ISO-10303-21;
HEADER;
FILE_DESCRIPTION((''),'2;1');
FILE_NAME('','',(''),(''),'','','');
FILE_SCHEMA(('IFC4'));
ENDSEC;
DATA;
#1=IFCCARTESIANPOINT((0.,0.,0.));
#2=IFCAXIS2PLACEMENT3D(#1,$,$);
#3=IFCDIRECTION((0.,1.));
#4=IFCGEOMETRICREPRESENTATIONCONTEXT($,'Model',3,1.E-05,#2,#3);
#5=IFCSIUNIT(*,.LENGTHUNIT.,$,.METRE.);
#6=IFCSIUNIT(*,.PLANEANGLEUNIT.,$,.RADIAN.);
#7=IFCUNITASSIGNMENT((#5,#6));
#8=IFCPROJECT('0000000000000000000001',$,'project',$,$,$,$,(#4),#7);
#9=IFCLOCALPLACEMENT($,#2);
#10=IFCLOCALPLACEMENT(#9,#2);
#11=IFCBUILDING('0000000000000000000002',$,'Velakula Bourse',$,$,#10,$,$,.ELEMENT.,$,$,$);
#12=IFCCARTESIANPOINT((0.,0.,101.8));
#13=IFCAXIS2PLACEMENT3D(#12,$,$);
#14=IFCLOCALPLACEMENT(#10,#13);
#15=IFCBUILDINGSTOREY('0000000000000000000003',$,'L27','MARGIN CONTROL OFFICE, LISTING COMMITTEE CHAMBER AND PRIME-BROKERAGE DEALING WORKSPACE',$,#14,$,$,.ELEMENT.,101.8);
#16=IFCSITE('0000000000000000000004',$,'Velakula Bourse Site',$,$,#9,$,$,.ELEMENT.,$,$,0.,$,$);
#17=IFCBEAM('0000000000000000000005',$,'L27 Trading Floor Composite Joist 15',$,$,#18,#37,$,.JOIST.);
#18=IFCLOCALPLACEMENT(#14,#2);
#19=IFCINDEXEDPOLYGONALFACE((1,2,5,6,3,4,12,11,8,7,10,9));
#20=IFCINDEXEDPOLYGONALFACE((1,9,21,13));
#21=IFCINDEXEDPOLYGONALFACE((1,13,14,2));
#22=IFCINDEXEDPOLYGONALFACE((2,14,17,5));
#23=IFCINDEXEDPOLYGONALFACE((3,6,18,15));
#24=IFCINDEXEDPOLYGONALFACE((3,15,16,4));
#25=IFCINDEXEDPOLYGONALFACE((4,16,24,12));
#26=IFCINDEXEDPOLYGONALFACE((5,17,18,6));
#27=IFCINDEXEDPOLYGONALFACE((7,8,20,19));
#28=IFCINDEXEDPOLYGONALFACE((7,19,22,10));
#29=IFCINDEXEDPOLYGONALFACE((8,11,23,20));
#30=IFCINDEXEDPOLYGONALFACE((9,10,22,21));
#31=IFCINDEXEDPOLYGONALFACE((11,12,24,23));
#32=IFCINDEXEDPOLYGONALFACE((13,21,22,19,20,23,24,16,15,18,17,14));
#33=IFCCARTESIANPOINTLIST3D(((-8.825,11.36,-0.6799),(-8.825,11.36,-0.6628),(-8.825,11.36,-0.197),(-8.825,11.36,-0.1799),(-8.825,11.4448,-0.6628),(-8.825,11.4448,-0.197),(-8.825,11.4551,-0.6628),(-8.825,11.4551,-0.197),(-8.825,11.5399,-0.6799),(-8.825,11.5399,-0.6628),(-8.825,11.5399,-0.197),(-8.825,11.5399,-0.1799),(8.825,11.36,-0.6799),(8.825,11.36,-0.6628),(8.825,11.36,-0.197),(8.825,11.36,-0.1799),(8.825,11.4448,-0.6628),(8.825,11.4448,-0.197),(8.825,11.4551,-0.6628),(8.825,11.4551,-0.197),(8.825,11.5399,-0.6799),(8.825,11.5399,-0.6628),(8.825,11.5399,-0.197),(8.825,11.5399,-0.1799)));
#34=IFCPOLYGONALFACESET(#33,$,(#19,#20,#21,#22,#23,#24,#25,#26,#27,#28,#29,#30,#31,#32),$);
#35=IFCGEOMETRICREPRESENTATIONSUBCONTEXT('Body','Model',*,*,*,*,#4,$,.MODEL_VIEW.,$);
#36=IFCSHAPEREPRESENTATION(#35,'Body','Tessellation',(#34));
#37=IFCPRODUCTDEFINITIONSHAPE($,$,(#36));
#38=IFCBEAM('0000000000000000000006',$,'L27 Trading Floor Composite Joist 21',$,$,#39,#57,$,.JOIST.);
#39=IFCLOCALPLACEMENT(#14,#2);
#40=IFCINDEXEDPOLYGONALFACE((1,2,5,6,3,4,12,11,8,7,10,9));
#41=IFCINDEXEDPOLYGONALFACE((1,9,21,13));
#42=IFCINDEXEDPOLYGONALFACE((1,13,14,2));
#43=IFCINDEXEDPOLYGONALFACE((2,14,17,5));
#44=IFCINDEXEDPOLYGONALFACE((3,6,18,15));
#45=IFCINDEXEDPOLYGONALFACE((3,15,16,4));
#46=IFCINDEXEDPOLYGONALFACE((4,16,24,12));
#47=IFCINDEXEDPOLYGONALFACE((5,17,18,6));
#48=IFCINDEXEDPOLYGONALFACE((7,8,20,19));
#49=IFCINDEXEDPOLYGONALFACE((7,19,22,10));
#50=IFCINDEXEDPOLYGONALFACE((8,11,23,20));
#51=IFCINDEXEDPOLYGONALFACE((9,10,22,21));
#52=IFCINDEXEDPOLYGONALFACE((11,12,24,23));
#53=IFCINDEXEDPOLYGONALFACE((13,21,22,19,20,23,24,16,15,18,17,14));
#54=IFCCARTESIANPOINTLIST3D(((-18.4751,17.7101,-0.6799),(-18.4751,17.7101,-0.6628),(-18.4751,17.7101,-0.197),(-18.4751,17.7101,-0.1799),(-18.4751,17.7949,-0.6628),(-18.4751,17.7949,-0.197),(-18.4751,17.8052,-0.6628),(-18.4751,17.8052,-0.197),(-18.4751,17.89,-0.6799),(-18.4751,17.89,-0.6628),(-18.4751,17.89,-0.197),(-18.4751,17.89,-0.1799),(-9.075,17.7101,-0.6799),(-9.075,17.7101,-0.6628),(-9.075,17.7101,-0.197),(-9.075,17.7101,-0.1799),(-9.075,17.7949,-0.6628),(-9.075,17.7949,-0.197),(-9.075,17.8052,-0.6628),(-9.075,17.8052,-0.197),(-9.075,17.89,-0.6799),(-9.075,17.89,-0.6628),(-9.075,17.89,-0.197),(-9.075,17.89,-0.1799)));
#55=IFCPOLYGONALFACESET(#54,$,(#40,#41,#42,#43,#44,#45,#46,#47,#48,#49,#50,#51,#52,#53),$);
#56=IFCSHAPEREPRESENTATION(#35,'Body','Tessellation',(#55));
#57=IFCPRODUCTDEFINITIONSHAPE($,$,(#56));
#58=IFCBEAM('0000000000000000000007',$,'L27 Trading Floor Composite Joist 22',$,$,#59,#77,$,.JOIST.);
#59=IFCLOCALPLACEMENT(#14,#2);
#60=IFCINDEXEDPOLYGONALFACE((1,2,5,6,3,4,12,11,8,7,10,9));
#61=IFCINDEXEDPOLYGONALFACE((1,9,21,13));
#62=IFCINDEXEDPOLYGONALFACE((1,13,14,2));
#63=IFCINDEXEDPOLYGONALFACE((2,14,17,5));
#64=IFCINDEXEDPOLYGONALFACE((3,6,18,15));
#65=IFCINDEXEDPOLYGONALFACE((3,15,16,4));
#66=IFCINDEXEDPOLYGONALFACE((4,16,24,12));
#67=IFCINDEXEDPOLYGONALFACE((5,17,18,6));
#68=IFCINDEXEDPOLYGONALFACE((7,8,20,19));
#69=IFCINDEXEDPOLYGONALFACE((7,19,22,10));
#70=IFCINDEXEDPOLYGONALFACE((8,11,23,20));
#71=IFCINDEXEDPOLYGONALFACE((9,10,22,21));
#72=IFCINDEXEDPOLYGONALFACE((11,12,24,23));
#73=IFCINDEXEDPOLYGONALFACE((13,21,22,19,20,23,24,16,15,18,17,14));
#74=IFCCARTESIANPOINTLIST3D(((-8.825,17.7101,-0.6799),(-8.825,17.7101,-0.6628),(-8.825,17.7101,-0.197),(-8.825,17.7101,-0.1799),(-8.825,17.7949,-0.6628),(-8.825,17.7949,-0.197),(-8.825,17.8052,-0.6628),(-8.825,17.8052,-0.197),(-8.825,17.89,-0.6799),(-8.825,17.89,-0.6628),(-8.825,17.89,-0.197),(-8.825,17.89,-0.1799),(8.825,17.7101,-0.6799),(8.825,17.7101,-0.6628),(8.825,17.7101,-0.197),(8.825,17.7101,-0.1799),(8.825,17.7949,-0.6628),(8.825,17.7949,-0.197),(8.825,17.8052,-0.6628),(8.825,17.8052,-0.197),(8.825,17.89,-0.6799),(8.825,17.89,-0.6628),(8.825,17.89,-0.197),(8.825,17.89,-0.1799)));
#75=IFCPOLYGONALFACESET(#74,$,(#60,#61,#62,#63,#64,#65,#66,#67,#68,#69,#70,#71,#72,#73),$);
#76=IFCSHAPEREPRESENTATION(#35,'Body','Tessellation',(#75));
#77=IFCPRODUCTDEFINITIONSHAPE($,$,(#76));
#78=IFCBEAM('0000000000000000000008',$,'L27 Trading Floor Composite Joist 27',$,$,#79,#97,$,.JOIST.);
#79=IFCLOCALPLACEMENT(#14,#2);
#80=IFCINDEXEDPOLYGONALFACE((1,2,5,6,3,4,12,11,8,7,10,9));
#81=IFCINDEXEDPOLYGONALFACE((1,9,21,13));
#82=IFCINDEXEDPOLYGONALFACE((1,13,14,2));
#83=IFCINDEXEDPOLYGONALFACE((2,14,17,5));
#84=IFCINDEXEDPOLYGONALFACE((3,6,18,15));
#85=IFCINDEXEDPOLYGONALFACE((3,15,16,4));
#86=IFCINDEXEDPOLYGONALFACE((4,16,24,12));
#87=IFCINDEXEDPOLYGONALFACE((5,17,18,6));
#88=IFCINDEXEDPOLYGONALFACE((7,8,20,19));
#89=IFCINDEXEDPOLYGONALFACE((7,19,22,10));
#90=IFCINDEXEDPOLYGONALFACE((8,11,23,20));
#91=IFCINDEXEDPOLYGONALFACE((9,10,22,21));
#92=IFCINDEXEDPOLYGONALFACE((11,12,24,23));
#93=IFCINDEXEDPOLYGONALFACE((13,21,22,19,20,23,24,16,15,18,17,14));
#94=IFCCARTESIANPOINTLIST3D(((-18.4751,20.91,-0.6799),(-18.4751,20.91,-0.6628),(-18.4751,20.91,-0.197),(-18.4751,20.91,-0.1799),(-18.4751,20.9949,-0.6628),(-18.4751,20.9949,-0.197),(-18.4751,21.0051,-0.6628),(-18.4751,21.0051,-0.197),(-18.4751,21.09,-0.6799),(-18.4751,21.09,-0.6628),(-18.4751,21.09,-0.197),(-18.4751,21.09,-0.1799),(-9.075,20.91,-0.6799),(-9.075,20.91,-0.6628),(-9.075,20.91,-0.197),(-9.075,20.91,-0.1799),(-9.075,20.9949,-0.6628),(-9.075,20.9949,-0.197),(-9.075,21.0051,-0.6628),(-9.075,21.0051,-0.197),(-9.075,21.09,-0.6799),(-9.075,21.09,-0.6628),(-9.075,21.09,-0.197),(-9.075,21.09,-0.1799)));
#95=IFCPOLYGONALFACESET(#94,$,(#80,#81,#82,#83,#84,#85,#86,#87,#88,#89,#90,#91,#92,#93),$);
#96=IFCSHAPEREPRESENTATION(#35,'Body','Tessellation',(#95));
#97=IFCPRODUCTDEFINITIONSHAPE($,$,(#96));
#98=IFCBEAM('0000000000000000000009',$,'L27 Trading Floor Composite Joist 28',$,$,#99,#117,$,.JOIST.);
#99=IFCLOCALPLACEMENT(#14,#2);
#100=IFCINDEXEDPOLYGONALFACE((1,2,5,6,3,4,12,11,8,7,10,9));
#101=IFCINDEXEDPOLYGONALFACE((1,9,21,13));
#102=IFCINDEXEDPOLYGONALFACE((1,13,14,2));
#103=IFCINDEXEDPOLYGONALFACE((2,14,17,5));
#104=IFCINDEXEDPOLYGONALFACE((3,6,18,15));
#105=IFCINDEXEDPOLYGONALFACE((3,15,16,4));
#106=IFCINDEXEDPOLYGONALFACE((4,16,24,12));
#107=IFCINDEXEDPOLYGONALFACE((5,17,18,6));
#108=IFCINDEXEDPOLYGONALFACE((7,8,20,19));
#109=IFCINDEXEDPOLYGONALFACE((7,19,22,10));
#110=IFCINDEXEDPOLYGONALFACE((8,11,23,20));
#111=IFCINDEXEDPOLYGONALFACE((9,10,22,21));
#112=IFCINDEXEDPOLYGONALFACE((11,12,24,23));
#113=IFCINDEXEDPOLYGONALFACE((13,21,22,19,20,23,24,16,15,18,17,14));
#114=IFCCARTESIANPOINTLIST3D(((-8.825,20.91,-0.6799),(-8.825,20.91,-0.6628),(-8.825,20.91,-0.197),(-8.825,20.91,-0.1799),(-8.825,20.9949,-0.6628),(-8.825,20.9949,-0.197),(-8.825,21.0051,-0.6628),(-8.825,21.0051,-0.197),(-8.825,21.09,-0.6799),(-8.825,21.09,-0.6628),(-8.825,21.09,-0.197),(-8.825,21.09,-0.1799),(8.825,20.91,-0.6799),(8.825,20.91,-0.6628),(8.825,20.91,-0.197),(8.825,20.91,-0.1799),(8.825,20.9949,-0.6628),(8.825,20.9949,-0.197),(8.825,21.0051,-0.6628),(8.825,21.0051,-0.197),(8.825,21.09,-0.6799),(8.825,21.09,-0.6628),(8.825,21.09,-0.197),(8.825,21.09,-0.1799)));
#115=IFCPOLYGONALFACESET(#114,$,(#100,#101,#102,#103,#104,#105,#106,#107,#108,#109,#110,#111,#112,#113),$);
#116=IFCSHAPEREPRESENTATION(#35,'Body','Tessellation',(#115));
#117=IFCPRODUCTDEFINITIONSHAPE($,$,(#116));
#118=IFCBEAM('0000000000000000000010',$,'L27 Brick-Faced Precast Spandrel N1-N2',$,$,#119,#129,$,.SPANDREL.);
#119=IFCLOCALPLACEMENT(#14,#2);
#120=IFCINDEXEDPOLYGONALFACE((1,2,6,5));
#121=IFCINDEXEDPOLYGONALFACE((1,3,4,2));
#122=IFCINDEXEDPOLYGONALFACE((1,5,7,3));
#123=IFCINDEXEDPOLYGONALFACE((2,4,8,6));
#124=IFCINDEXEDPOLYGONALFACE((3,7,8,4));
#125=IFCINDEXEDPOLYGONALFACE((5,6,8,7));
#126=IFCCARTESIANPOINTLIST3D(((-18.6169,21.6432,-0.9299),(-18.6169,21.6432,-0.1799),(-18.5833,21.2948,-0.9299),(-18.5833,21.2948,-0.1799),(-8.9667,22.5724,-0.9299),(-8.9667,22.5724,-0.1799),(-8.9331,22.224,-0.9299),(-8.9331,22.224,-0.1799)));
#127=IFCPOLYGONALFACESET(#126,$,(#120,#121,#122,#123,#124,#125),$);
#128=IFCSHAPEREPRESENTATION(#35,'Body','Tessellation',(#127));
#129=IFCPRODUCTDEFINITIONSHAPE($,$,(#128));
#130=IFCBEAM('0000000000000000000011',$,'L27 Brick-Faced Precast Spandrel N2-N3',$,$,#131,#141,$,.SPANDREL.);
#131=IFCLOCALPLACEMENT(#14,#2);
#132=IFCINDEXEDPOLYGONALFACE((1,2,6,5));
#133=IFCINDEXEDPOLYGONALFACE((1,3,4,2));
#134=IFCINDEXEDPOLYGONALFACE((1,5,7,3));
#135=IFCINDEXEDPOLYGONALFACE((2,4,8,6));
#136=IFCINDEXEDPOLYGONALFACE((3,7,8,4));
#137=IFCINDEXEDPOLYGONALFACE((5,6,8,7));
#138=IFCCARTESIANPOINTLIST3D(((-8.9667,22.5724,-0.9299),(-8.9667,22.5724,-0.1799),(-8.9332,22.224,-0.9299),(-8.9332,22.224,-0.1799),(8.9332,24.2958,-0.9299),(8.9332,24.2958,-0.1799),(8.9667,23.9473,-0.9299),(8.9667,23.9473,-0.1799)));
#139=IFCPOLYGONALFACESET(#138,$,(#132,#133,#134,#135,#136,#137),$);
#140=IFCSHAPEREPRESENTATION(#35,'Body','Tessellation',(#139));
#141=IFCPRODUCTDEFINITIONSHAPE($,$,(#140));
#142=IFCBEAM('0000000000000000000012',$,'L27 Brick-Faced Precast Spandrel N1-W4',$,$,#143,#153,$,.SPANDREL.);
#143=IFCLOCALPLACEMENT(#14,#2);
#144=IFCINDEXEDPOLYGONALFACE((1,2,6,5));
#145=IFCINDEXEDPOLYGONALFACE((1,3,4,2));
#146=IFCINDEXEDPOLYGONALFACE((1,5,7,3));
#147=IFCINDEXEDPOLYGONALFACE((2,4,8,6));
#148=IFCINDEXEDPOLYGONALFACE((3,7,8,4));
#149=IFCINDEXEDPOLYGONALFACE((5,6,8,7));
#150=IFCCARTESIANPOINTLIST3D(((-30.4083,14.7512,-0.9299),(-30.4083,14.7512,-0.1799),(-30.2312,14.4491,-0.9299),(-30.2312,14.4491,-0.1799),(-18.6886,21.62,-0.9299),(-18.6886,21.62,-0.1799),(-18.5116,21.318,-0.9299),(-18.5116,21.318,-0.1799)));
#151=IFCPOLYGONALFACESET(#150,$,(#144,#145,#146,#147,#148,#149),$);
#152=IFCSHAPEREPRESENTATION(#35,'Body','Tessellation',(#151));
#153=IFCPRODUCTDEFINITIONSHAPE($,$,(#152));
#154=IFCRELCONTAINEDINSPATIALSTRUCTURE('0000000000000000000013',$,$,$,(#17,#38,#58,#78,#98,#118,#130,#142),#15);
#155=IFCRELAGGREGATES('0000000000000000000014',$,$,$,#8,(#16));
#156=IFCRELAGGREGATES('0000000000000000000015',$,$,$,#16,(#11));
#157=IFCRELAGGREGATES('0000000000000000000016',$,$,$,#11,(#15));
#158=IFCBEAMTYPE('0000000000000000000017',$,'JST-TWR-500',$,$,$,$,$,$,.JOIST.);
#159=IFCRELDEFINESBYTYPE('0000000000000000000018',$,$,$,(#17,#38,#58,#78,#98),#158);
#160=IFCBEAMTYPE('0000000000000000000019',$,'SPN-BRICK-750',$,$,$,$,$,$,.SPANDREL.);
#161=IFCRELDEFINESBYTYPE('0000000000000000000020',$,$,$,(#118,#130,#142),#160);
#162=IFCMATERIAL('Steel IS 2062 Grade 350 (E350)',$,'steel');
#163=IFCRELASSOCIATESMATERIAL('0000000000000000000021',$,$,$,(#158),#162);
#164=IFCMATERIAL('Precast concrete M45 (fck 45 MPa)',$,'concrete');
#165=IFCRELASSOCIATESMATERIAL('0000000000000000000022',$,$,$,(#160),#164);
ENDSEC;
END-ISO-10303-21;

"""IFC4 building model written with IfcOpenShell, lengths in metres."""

from ifc_helpers import new_model, si_unit, direction, frame, origin, origin_2d, place, context, subcontext, project, spatial, rectangle, i_section, extrude, material, material_profile, profile_set, type_object, element, save


model = new_model("IFC4")

# Units and contexts
model_context = context("Model", 3, precision=1e-05, world=origin(), true_north=direction((0.0, 1.0)))
body_context = subcontext(model_context, "Body", "Model", "MODEL_VIEW")
ifc_project = project(units=[si_unit("LENGTHUNIT", "METRE"), si_unit("PLANEANGLEUNIT", "RADIAN")], contexts=[model_context])

# Site, building, storey
site_placement = place(None, origin())
site = spatial("IfcSite", under=ifc_project, at=site_placement, Name="Velakula Bourse Site", CompositionType="ELEMENT", RefElevation=0.0)
building_placement = place(site_placement, origin())
building = spatial("IfcBuilding", under=site, at=building_placement, Name="Velakula Bourse", CompositionType="ELEMENT")
storey_placement = place(building_placement, frame((0.0, 0.0, 101.8)))
storey = spatial("IfcBuildingStorey", under=building, at=storey_placement, Name="L27", Description="MARGIN CONTROL OFFICE, LISTING COMMITTEE CHAMBER AND PRIME-BROKERAGE DEALING WORKSPACE", CompositionType="ELEMENT", Elevation=101.8)

# Beams
ifc_material_1 = material(Name="Steel IS 2062 Grade 350 (E350)", Category="steel")
ifc_material_profile_1 = material_profile(ifc_material_1, i_section(OverallWidth=0.1799, OverallDepth=0.5, WebThickness=0.0103, FlangeThickness=0.0171, at=origin_2d()), Name="Steel IS 2062 Grade 350 (E350)")
ifc_profile_set_1 = profile_set([ifc_material_profile_1], Name="Steel IS 2062 Grade 350 (E350)")
beam_type_1 = type_object("IfcBeamType", Name="JST-TWR-500", PredefinedType="JOIST", material=ifc_profile_set_1)
beam_1_placement = place(storey_placement, frame((-8.825, 11.45, -0.4299), z_axis=(1.0, 0.0, 0.0), x_axis=(0.0, 1.0, 0.0)))
element("IfcBeam", 1, at=beam_1_placement, inside=storey, type_object=beam_type_1, Name="L27 Trading Floor Composite Joist 15", PredefinedType="JOIST", context=body_context, shape_type="SweptSolid", body=[
    extrude(i_section(OverallWidth=0.1799, OverallDepth=0.5, WebThickness=0.0103, FlangeThickness=0.0171, at=origin_2d()), origin(), (0.0, 0.0, 1.0), 17.6499),
])
beam_2_placement = place(storey_placement, frame((-18.4751, 17.8, -0.4299), z_axis=(1.0, 0.0, 0.0), x_axis=(0.0, 1.0, 0.0)))
element("IfcBeam", 2, at=beam_2_placement, inside=storey, type_object=beam_type_1, Name="L27 Trading Floor Composite Joist 21", PredefinedType="JOIST", context=body_context, shape_type="SweptSolid", body=[
    extrude(i_section(OverallWidth=0.1799, OverallDepth=0.5, WebThickness=0.0103, FlangeThickness=0.0171, at=origin_2d()), origin(), (0.0, 0.0, 1.0), 9.4001),
])
beam_3_placement = place(storey_placement, frame((-8.825, 17.8, -0.4299), z_axis=(1.0, 0.0, 0.0), x_axis=(0.0, 1.0, 0.0)))
element("IfcBeam", 3, at=beam_3_placement, inside=storey, type_object=beam_type_1, Name="L27 Trading Floor Composite Joist 22", PredefinedType="JOIST", context=body_context, shape_type="SweptSolid", body=[
    extrude(i_section(OverallWidth=0.1799, OverallDepth=0.5, WebThickness=0.0103, FlangeThickness=0.0171, at=origin_2d()), origin(), (0.0, 0.0, 1.0), 17.6499),
])
beam_4_placement = place(storey_placement, frame((-18.4751, 21.0, -0.4299), z_axis=(1.0, 0.0, 0.0), x_axis=(0.0, 1.0, 0.0)))
element("IfcBeam", 4, at=beam_4_placement, inside=storey, type_object=beam_type_1, Name="L27 Trading Floor Composite Joist 27", PredefinedType="JOIST", context=body_context, shape_type="SweptSolid", body=[
    extrude(i_section(OverallWidth=0.1799, OverallDepth=0.5, WebThickness=0.0103, FlangeThickness=0.0171, at=origin_2d()), origin(), (0.0, 0.0, 1.0), 9.4001),
])
beam_5_placement = place(storey_placement, frame((-8.825, 21.0, -0.4299), z_axis=(1.0, 0.0, 0.0), x_axis=(0.0, 1.0, 0.0)))
element("IfcBeam", 5, at=beam_5_placement, inside=storey, type_object=beam_type_1, Name="L27 Trading Floor Composite Joist 28", PredefinedType="JOIST", context=body_context, shape_type="SweptSolid", body=[
    extrude(i_section(OverallWidth=0.1799, OverallDepth=0.5, WebThickness=0.0103, FlangeThickness=0.0171, at=origin_2d()), origin(), (0.0, 0.0, 1.0), 17.6499),
])
ifc_material_2 = material(Name="Precast concrete M45 (fck 45 MPa)", Category="concrete")
ifc_material_profile_2 = material_profile(ifc_material_2, rectangle(XDim=0.3501, YDim=0.75, at=origin_2d()), Name="Precast concrete M45 (fck 45 MPa)")
ifc_profile_set_2 = profile_set([ifc_material_profile_2], Name="Precast concrete M45 (fck 45 MPa)")
beam_type_2 = type_object("IfcBeamType", Name="SPN-BRICK-750", PredefinedType="SPANDREL", material=ifc_profile_set_2)
beam_6_placement = place(storey_placement, frame((-18.6001, 21.469, -0.5549), z_axis=(0.995396, 0.095845, 0.0), x_axis=(-0.095845, 0.995396, 0.0)))
element("IfcBeam", 6, at=beam_6_placement, inside=storey, type_object=beam_type_2, Name="L27 Brick-Faced Precast Spandrel N1-N2", PredefinedType="SPANDREL", context=body_context, shape_type="SweptSolid", body=[
    extrude(rectangle(XDim=0.3501, YDim=0.75, at=origin_2d()), origin(), (0.0, 0.0, 1.0), 9.6948),
])
beam_7_placement = place(storey_placement, frame((-8.95, 22.3982, -0.5549), z_axis=(0.995397, 0.095836, 0.0), x_axis=(-0.095836, 0.995397, 0.0)))
element("IfcBeam", 7, at=beam_7_placement, inside=storey, type_object=beam_type_2, Name="L27 Brick-Faced Precast Spandrel N2-N3", PredefinedType="SPANDREL", context=body_context, shape_type="SweptSolid", body=[
    extrude(rectangle(XDim=0.3501, YDim=0.75, at=origin_2d()), origin(), (0.0, 0.0, 1.0), 17.9827),
])
beam_8_placement = place(storey_placement, frame((-18.6001, 21.469, -0.5549), z_axis=(-0.862739, -0.505649, 0.0), x_axis=(0.505649, -0.862739, 0.0)))
element("IfcBeam", 8, at=beam_8_placement, inside=storey, type_object=beam_type_2, Name="L27 Brick-Faced Precast Spandrel N1-W4", PredefinedType="SPANDREL", context=body_context, shape_type="SweptSolid", body=[
    extrude(rectangle(XDim=0.3501, YDim=0.75, at=origin_2d()), origin(), (0.0, 0.0, 1.0), 13.5842),
])

save(model, "model.ifc")
